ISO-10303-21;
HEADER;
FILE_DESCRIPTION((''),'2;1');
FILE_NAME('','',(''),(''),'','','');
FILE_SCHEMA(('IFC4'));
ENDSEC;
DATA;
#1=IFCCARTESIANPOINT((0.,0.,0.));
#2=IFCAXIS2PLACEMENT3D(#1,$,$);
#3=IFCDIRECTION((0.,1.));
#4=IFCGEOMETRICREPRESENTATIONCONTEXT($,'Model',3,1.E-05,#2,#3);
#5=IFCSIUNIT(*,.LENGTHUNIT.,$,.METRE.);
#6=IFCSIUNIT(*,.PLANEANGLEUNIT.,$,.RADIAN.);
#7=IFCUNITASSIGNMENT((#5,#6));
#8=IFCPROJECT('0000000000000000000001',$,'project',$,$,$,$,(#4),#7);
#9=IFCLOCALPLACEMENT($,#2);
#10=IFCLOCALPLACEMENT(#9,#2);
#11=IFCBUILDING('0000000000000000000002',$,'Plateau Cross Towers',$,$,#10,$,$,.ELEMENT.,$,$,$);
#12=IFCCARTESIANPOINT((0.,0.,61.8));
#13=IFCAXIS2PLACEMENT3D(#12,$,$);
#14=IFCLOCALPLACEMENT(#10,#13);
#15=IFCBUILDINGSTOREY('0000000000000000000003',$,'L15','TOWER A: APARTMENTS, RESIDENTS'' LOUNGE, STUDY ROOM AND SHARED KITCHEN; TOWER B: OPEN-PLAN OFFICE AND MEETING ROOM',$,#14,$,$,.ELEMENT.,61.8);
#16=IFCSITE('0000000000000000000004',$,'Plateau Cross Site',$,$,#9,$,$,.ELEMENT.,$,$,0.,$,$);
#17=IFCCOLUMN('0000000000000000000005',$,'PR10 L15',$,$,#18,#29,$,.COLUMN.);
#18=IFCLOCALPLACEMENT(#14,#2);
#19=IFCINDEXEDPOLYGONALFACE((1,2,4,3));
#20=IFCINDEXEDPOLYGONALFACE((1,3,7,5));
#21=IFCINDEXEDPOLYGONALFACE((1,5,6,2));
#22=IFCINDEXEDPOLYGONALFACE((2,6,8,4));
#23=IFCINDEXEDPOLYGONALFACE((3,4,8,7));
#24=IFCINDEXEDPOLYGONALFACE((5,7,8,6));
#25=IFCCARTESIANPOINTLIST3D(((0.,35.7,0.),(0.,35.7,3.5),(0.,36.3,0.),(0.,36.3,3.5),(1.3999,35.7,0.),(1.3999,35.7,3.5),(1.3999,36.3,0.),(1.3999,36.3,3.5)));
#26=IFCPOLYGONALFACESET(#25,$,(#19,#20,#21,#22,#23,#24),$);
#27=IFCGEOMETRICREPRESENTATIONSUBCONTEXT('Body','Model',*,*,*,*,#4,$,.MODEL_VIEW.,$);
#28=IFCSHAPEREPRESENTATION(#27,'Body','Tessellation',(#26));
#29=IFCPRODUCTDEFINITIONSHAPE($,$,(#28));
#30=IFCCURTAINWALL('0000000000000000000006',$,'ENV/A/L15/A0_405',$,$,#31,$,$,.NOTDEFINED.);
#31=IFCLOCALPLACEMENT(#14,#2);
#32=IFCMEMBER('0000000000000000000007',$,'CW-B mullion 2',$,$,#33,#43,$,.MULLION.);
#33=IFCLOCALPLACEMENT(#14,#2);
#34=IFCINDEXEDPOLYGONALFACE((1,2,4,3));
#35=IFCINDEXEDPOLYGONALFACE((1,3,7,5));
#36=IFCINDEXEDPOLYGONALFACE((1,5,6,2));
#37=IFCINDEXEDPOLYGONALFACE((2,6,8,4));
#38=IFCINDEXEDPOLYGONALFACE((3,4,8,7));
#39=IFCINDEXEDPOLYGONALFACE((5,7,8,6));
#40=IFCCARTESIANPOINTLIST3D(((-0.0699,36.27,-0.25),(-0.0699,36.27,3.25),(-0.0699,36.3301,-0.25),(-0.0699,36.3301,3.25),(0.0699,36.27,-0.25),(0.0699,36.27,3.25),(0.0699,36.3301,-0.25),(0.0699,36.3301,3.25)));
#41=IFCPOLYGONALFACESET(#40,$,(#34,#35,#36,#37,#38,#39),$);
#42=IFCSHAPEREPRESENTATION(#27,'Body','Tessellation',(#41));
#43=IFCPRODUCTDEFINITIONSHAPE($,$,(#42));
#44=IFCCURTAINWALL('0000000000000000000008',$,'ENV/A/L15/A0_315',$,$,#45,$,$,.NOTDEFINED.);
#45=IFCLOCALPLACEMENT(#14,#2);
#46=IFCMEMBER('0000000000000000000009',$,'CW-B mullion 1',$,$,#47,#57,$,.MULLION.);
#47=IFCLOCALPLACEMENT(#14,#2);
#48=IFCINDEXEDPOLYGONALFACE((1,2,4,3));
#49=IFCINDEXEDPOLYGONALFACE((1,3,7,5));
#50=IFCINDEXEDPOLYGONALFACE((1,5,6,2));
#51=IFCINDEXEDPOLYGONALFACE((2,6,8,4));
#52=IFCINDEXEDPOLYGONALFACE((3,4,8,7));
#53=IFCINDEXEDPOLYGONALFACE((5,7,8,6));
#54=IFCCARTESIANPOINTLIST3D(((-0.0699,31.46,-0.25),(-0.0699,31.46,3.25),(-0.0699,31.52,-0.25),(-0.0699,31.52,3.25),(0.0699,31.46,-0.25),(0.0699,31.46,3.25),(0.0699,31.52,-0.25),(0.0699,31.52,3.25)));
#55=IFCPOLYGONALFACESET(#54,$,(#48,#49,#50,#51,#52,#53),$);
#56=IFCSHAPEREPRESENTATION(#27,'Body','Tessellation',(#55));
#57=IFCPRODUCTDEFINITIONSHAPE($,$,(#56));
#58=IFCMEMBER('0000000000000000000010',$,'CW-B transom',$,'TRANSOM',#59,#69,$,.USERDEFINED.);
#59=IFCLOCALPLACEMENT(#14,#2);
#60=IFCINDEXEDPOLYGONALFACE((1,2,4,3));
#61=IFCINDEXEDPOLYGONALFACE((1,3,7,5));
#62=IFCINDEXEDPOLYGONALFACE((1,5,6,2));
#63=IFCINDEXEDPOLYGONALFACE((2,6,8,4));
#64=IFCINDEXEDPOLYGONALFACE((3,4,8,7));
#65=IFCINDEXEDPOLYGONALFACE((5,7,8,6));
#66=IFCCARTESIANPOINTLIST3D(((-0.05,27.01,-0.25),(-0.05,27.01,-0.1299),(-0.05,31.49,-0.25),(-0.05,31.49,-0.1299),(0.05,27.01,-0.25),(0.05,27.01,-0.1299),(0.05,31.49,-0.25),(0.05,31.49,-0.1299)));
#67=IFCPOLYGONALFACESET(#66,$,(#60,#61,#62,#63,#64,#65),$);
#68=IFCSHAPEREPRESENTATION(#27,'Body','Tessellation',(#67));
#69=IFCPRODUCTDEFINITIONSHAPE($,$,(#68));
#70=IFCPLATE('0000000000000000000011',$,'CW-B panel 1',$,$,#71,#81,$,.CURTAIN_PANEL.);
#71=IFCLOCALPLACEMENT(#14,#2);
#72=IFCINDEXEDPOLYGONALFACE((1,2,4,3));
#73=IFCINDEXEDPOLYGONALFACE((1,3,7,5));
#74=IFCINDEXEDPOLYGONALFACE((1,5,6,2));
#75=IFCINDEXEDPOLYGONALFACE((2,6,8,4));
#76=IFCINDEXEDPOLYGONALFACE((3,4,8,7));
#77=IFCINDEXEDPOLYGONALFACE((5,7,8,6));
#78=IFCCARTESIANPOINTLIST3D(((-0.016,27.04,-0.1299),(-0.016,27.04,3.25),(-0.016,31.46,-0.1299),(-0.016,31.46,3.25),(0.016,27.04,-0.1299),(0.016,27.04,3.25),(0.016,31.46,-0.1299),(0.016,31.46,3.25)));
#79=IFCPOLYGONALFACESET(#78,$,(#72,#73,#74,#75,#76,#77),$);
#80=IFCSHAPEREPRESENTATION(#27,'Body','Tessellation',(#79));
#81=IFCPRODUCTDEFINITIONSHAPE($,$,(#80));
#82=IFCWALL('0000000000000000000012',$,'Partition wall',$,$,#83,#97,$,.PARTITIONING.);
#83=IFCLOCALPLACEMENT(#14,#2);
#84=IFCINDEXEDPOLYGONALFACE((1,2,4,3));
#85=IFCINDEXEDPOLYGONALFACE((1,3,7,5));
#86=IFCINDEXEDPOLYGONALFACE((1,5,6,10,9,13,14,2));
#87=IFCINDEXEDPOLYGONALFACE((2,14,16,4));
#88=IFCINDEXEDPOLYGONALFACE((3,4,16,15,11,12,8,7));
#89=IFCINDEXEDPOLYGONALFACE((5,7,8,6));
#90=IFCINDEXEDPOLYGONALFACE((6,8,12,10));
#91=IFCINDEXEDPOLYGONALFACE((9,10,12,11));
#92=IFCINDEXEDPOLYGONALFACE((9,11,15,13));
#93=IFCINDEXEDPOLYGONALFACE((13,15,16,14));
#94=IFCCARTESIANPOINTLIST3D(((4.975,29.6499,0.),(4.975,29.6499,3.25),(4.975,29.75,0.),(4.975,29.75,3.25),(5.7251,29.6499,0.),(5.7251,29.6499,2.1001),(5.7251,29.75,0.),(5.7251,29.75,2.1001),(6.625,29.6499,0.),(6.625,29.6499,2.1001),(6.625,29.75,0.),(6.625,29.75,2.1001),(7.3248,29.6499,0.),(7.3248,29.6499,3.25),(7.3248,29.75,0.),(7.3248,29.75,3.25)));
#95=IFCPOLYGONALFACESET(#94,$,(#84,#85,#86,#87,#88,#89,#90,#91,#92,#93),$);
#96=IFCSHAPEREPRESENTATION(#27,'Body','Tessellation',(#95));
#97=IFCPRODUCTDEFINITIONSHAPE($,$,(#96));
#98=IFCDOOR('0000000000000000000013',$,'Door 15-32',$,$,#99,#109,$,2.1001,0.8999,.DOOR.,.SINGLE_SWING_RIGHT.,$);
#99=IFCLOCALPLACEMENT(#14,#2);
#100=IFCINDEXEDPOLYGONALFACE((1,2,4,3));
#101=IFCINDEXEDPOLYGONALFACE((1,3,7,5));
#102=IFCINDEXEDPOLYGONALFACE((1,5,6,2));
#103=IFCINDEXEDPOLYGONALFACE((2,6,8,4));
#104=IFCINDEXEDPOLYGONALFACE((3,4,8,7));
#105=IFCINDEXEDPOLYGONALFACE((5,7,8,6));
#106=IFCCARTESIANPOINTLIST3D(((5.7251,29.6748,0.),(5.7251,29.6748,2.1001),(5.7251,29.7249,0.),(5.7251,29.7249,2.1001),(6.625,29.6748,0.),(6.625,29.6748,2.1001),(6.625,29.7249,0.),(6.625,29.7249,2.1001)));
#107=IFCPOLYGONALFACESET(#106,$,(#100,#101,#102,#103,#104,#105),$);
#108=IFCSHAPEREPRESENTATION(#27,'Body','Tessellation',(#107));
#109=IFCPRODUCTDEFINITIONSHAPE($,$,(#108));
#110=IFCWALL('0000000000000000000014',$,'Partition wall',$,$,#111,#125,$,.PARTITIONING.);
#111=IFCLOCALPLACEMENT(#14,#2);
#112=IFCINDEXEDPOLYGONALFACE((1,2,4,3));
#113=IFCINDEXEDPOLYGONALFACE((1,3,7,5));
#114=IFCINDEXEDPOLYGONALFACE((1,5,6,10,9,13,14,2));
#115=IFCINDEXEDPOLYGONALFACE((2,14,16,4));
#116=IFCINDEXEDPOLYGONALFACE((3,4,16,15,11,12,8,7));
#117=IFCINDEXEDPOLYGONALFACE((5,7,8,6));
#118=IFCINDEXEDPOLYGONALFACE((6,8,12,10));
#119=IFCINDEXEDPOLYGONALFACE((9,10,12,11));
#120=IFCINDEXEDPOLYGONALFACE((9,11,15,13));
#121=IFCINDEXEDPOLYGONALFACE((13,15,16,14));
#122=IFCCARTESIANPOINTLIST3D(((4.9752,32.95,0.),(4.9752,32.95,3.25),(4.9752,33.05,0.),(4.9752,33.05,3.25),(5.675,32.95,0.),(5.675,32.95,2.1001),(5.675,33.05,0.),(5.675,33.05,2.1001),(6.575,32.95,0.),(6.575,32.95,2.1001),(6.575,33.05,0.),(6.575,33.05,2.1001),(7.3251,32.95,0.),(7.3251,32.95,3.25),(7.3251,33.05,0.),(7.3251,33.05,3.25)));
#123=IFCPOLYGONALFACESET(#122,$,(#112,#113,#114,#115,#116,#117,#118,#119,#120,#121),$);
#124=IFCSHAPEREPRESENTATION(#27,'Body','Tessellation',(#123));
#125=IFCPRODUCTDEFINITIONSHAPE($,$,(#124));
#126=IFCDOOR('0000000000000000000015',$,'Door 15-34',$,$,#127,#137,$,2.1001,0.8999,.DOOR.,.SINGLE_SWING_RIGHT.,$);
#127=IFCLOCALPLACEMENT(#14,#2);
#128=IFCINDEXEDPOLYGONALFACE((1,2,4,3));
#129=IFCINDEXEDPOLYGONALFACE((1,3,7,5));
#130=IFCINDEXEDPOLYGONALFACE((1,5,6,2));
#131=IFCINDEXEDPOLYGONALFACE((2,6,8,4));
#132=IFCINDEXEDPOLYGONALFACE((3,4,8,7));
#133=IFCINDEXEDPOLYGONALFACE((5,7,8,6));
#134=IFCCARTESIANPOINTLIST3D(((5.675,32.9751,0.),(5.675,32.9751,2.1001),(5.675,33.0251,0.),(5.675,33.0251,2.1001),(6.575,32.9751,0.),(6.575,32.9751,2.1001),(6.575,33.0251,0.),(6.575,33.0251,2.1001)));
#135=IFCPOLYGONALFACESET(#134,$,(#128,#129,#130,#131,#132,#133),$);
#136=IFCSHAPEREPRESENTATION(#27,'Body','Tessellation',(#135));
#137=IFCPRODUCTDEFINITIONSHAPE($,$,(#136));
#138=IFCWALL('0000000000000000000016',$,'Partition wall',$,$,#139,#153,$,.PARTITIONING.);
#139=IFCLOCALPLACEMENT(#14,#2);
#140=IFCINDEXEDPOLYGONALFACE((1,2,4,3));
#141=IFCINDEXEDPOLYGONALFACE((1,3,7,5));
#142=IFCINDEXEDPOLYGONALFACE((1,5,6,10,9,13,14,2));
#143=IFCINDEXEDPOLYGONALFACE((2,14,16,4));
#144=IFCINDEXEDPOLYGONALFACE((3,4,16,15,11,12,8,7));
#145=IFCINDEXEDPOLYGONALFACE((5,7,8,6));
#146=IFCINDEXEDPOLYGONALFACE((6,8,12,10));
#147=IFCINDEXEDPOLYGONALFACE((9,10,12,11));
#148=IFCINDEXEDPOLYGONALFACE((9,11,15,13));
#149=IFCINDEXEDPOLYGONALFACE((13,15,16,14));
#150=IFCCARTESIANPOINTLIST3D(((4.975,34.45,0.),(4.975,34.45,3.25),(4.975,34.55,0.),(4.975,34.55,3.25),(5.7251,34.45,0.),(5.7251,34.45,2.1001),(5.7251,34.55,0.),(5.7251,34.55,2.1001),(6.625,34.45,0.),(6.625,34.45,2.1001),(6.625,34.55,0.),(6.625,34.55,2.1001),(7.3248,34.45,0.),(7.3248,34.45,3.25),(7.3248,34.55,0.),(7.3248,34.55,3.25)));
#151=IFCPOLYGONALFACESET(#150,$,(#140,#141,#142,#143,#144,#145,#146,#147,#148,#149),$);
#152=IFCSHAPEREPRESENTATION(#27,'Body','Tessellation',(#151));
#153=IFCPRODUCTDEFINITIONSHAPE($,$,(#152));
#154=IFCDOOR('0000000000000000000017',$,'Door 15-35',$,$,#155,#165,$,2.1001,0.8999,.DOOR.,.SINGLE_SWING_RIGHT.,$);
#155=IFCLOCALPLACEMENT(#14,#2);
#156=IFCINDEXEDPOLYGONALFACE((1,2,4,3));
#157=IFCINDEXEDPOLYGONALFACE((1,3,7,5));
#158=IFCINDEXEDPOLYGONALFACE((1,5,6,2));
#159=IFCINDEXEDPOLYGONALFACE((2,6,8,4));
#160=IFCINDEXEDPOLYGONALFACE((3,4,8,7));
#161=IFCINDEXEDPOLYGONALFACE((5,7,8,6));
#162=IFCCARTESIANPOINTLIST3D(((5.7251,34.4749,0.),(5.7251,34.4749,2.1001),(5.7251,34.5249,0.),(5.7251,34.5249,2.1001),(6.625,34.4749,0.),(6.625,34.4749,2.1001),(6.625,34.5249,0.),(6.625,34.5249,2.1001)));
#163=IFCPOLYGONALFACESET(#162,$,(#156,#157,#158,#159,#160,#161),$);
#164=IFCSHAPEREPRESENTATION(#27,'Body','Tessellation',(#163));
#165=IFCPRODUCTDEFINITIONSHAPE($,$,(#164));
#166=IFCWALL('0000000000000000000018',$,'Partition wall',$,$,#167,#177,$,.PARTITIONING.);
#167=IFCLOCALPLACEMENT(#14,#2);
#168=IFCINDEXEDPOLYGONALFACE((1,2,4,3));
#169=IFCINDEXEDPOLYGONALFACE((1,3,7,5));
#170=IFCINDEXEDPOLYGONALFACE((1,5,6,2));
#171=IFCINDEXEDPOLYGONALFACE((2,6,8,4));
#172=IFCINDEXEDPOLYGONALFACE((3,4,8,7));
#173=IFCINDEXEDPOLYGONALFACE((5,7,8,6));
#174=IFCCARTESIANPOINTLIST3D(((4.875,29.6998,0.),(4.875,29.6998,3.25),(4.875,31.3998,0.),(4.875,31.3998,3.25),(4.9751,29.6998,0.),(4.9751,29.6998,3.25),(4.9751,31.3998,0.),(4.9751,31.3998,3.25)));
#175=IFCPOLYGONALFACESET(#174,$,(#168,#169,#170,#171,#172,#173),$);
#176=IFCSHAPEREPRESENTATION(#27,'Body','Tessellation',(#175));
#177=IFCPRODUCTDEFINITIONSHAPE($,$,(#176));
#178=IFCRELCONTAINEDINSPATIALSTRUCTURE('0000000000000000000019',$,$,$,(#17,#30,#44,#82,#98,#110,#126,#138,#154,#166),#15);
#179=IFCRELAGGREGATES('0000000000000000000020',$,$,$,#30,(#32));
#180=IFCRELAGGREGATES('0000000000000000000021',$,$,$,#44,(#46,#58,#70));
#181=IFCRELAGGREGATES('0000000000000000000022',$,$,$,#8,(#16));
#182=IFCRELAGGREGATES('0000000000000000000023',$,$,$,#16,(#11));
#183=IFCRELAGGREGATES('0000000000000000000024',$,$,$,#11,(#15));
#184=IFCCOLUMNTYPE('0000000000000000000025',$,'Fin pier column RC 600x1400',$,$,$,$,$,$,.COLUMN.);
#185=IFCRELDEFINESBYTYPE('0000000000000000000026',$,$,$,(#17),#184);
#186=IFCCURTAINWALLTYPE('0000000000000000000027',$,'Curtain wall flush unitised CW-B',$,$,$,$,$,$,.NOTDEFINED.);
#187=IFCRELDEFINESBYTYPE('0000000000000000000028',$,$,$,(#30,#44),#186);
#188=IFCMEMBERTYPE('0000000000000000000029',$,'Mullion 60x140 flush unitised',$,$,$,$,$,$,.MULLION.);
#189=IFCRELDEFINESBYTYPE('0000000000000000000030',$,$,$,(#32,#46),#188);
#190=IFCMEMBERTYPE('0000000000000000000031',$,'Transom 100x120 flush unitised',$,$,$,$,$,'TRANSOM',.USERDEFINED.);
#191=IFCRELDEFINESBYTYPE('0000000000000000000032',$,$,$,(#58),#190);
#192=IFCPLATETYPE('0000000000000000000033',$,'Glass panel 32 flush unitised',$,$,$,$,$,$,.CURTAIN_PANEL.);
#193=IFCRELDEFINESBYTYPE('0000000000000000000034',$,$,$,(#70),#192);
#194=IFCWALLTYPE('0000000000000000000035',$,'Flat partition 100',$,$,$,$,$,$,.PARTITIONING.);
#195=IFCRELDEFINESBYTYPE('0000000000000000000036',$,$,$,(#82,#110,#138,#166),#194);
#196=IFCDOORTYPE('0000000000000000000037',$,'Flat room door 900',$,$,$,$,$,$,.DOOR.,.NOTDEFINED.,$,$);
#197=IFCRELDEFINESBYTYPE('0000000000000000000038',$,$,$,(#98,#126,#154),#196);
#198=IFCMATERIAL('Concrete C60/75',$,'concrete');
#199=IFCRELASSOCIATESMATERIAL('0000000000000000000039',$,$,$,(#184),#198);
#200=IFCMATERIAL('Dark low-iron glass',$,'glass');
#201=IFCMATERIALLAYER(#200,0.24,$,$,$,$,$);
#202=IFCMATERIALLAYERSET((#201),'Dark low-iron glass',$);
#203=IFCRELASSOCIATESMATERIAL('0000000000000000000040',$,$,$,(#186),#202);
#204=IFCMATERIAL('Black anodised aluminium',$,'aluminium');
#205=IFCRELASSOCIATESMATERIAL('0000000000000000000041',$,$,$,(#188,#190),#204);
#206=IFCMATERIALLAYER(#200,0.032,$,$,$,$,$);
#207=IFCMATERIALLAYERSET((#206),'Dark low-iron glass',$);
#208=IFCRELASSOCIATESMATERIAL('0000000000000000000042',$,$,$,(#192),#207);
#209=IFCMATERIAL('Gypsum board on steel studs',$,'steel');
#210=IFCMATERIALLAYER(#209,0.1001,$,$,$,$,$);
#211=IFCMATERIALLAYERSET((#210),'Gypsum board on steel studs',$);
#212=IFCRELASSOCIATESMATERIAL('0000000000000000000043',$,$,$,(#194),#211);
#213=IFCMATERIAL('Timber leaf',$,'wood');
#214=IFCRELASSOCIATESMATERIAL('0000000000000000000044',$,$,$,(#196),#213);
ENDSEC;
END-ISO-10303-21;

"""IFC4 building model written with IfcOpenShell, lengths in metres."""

from ifc_helpers import new_model, si_unit, direction, frame, frame_2d, origin, origin_2d, place, context, subcontext, project, spatial, rectangle, extrude, material, layer, layer_set, material_profile, profile_set, type_object, element, fill, aggregate, save


model = new_model("IFC4")

# Units and contexts
model_context = context("Model", 3, precision=1e-05, world=origin(), true_north=direction((0.0, 1.0)))
body_context = subcontext(model_context, "Body", "Model", "MODEL_VIEW")
ifc_project = project(units=[si_unit("LENGTHUNIT", "METRE"), si_unit("PLANEANGLEUNIT", "RADIAN")], contexts=[model_context])

# Site, building, storey
site_placement = place(None, origin())
site = spatial("IfcSite", under=ifc_project, at=site_placement, Name="Plateau Cross Site", CompositionType="ELEMENT", RefElevation=0.0)
building_placement = place(site_placement, origin())
building = spatial("IfcBuilding", under=site, at=building_placement, Name="Plateau Cross Towers", CompositionType="ELEMENT")
storey_placement = place(building_placement, frame((0.0, 0.0, 61.8)))
storey = spatial("IfcBuildingStorey", under=building, at=storey_placement, Name="L15", Description="TOWER A: APARTMENTS, RESIDENTS' LOUNGE, STUDY ROOM AND SHARED KITCHEN; TOWER B: OPEN-PLAN OFFICE AND MEETING ROOM", CompositionType="ELEMENT", Elevation=61.8)

# Column
ifc_material_1 = material(Name="Concrete C60/75", Category="concrete")
ifc_material_profile_1 = material_profile(ifc_material_1, rectangle(XDim=0.6001, YDim=1.3999, at=origin_2d()), Name="RC 600x1400")
ifc_profile_set_1 = profile_set([ifc_material_profile_1], Name="Concrete C60/75")
column_type = type_object("IfcColumnType", Name="Fin pier column RC 600x1400", PredefinedType="COLUMN", material=ifc_profile_set_1)
column_placement = place(storey_placement, frame((0.7, 36.0, 0.0), z_axis=(0.0, 0.0, 1.0), x_axis=(0.0, 1.0, 0.0)))
element("IfcColumn", 1, at=column_placement, inside=storey, type_object=column_type, Name="PR10 L15", PredefinedType="COLUMN", context=body_context, shape_type="SweptSolid", body=[
    extrude(rectangle(XDim=0.6001, YDim=1.3999, at=origin_2d()), origin(), (0.0, 0.0, 1.0), 3.5),
])

# Curtain wall, member
ifc_material_2 = material(Name="Dark low-iron glass", Category="glass")
ifc_layer_1 = layer(ifc_material_2, 0.24)
ifc_layer_set_1 = layer_set([ifc_layer_1], Name="Dark low-iron glass")
curtain_wall_type = type_object("IfcCurtainWallType", Name="Curtain wall flush unitised CW-B", PredefinedType="NOTDEFINED", material=ifc_layer_set_1)
curtain_wall_1_placement = place(storey_placement, origin())
curtain_wall_1 = element("IfcCurtainWall", 2, at=curtain_wall_1_placement, inside=storey, type_object=curtain_wall_type, Name="ENV/A/L15/A0_405", PredefinedType="NOTDEFINED")
ifc_material_3 = material(Name="Black anodised aluminium", Category="aluminium")
ifc_material_profile_2 = material_profile(ifc_material_3, rectangle(XDim=0.0601, YDim=0.1399, at=origin_2d()), Name="MULLION 60x140")
ifc_profile_set_2 = profile_set([ifc_material_profile_2], Name="Black anodised aluminium")
member_type_1 = type_object("IfcMemberType", Name="Mullion 60x140 flush unitised", PredefinedType="MULLION", material=ifc_profile_set_2)
member_1_placement = place(storey_placement, frame((0.0, 36.3, -0.25), z_axis=(0.0, 0.0, 1.0), x_axis=(0.0, -1.0, 0.0)))
member_1 = element("IfcMember", 3, at=member_1_placement, type_object=member_type_1, Name="CW-B mullion 2", PredefinedType="MULLION", context=body_context, shape_type="SweptSolid", body=[
    extrude(rectangle(XDim=0.0601, YDim=0.1399, at=origin_2d()), origin(), (0.0, 0.0, 1.0), 3.5),
])
aggregate(curtain_wall_1, [member_1])

# Curtain wall, members, plate
curtain_wall_2_placement = place(storey_placement, origin())
curtain_wall_2 = element("IfcCurtainWall", 4, at=curtain_wall_2_placement, inside=storey, type_object=curtain_wall_type, Name="ENV/A/L15/A0_315", PredefinedType="NOTDEFINED")
member_2_placement = place(storey_placement, frame((0.0, 31.49, -0.25), z_axis=(0.0, 0.0, 1.0), x_axis=(0.0, -1.0, 0.0)))
member_2 = element("IfcMember", 5, at=member_2_placement, type_object=member_type_1, Name="CW-B mullion 1", PredefinedType="MULLION", context=body_context, shape_type="SweptSolid", body=[
    extrude(rectangle(XDim=0.0601, YDim=0.1399, at=origin_2d()), origin(), (0.0, 0.0, 1.0), 3.5),
])
ifc_material_profile_3 = material_profile(ifc_material_3, rectangle(XDim=0.1001, YDim=0.1201, at=origin_2d()), Name="TRANSOM 100x120")
ifc_profile_set_3 = profile_set([ifc_material_profile_3], Name="Black anodised aluminium")
member_type_2 = type_object("IfcMemberType", Name="Transom 100x120 flush unitised", ElementType="TRANSOM", PredefinedType="USERDEFINED", material=ifc_profile_set_3)
member_3_placement = place(storey_placement, frame((0.0, 31.49, -0.1899), z_axis=(0.0, -1.0, 0.0), x_axis=(1.0, 0.0, 0.0)))
member_3 = element("IfcMember", 6, at=member_3_placement, type_object=member_type_2, Name="CW-B transom", ObjectType="TRANSOM", PredefinedType="USERDEFINED", context=body_context, shape_type="SweptSolid", body=[
    extrude(rectangle(XDim=0.1001, YDim=0.1201, at=origin_2d()), origin(), (0.0, 0.0, 1.0), 4.48),
])
ifc_layer_2 = layer(ifc_material_2, 0.032)
ifc_layer_set_2 = layer_set([ifc_layer_2], Name="Dark low-iron glass")
plate_type = type_object("IfcPlateType", Name="Glass panel 32 flush unitised", PredefinedType="CURTAIN_PANEL", material=ifc_layer_set_2)
plate_placement = place(storey_placement, frame((0.0, 29.25, -0.1299), z_axis=(0.0, 0.0, 1.0), x_axis=(0.0, -1.0, 0.0)))
plate = element("IfcPlate", 7, at=plate_placement, type_object=plate_type, Name="CW-B panel 1", PredefinedType="CURTAIN_PANEL", context=body_context, shape_type="SweptSolid", body=[
    extrude(rectangle(XDim=4.4199, YDim=0.032, at=origin_2d()), origin(), (0.0, 0.0, 1.0), 3.3799),
])
aggregate(curtain_wall_2, [member_2, member_3, plate])

# Walls, openings, doors
ifc_material_4 = material(Name="Gypsum board on steel studs", Category="steel")
ifc_layer_3 = layer(ifc_material_4, 0.1001)
ifc_layer_set_3 = layer_set([ifc_layer_3], Name="Gypsum board on steel studs")
wall_type_1 = type_object("IfcWallType", Name="Flat partition 100", PredefinedType="PARTITIONING", material=ifc_layer_set_3)
wall_1_placement = place(storey_placement, frame((4.9751, 29.7, 0.0), z_axis=(0.0, 0.0, 1.0), x_axis=(1.0, 0.0, 0.0)))
wall_1 = element("IfcWall", 8, at=wall_1_placement, inside=storey, type_object=wall_type_1, Name="Partition wall", PredefinedType="PARTITIONING", context=body_context, shape_type="SweptSolid", body=[
    extrude(rectangle(XDim=2.3499, YDim=0.1001, at=frame_2d((1.1748, 0.0))), origin(), (0.0, 0.0, 1.0), 3.25),
])
opening_1_placement = place(wall_1_placement, frame((0.75, 0.0, 0.0)))
opening_1 = element("IfcOpeningElement", 9, at=opening_1_placement, cuts=wall_1, PredefinedType="OPENING", context=body_context, shape_type="SweptSolid", body=[
    extrude(rectangle(XDim=0.8999, YDim=2.1001, at=frame_2d((0.45, 1.05))), frame((0.0, 0.0601, 0.0), z_axis=(0.0, -1.0, 0.0), x_axis=(1.0, 0.0, 0.0)), (0.0, 0.0, 1.0), 0.1201),
])
ifc_material_5 = material(Name="Timber leaf", Category="wood")
door_type_1 = type_object("IfcDoorType", Name="Flat room door 900", OperationType="NOTDEFINED", PredefinedType="DOOR", material=ifc_material_5)
door_1_placement = place(opening_1_placement, origin())
door_1 = element("IfcDoor", 10, at=door_1_placement, inside=storey, type_object=door_type_1, Name="Door 15-32", OperationType="SINGLE_SWING_RIGHT", OverallHeight=2.1001, OverallWidth=0.8999, PredefinedType="DOOR", context=body_context, shape_type="SweptSolid", body=[
    extrude(rectangle(XDim=0.8999, YDim=2.1001, at=frame_2d((0.45, 1.05))), frame((0.0, 0.0249, 0.0), z_axis=(0.0, -1.0, 0.0), x_axis=(1.0, 0.0, 0.0)), (0.0, 0.0, 1.0), 0.05),
])
fill(opening_1, door_1)
wall_2_placement = place(storey_placement, frame((7.325, 33.0, 0.0), z_axis=(0.0, 0.0, 1.0), x_axis=(-1.0, 0.0, 0.0)))
wall_2 = element("IfcWall", 11, at=wall_2_placement, inside=storey, type_object=wall_type_1, Name="Partition wall", PredefinedType="PARTITIONING", context=body_context, shape_type="SweptSolid", body=[
    extrude(rectangle(XDim=2.3499, YDim=0.1001, at=frame_2d((1.1748, 0.0))), origin(), (0.0, 0.0, 1.0), 3.25),
])
opening_2_placement = place(wall_2_placement, frame((0.75, 0.0, 0.0)))
opening_2 = element("IfcOpeningElement", 12, at=opening_2_placement, cuts=wall_2, PredefinedType="OPENING", context=body_context, shape_type="SweptSolid", body=[
    extrude(rectangle(XDim=0.8999, YDim=2.1001, at=frame_2d((0.45, 1.05))), frame((0.0, 0.0601, 0.0), z_axis=(0.0, -1.0, 0.0), x_axis=(1.0, 0.0, 0.0)), (0.0, 0.0, 1.0), 0.1201),
])
door_2_placement = place(opening_2_placement, origin())
door_2 = element("IfcDoor", 13, at=door_2_placement, inside=storey, type_object=door_type_1, Name="Door 15-34", OperationType="SINGLE_SWING_RIGHT", OverallHeight=2.1001, OverallWidth=0.8999, PredefinedType="DOOR", context=body_context, shape_type="SweptSolid", body=[
    extrude(rectangle(XDim=0.8999, YDim=2.1001, at=frame_2d((0.45, 1.05))), frame((0.0, 0.0249, 0.0), z_axis=(0.0, -1.0, 0.0), x_axis=(1.0, 0.0, 0.0)), (0.0, 0.0, 1.0), 0.05),
])
fill(opening_2, door_2)
wall_3_placement = place(storey_placement, frame((4.9751, 34.5, 0.0), z_axis=(0.0, 0.0, 1.0), x_axis=(1.0, 0.0, 0.0)))
wall_3 = element("IfcWall", 14, at=wall_3_placement, inside=storey, type_object=wall_type_1, Name="Partition wall", PredefinedType="PARTITIONING", context=body_context, shape_type="SweptSolid", body=[
    extrude(rectangle(XDim=2.3499, YDim=0.1001, at=frame_2d((1.1748, 0.0))), origin(), (0.0, 0.0, 1.0), 3.25),
])
opening_3_placement = place(wall_3_placement, frame((0.75, 0.0, 0.0)))
opening_3 = element("IfcOpeningElement", 15, at=opening_3_placement, cuts=wall_3, PredefinedType="OPENING", context=body_context, shape_type="SweptSolid", body=[
    extrude(rectangle(XDim=0.8999, YDim=2.1001, at=frame_2d((0.45, 1.05))), frame((0.0, 0.0601, 0.0), z_axis=(0.0, -1.0, 0.0), x_axis=(1.0, 0.0, 0.0)), (0.0, 0.0, 1.0), 0.1201),
])
door_3_placement = place(opening_3_placement, origin())
door_3 = element("IfcDoor", 16, at=door_3_placement, inside=storey, type_object=door_type_1, Name="Door 15-35", OperationType="SINGLE_SWING_RIGHT", OverallHeight=2.1001, OverallWidth=0.8999, PredefinedType="DOOR", context=body_context, shape_type="SweptSolid", body=[
    extrude(rectangle(XDim=0.8999, YDim=2.1001, at=frame_2d((0.45, 1.05))), frame((0.0, 0.0249, 0.0), z_axis=(0.0, -1.0, 0.0), x_axis=(1.0, 0.0, 0.0)), (0.0, 0.0, 1.0), 0.05),
])
fill(opening_3, door_3)

# Wall
wall_4_placement = place(storey_placement, frame((4.925, 31.3999, 0.0), z_axis=(0.0, 0.0, 1.0), x_axis=(0.0, -1.0, 0.0)))
element("IfcWall", 17, at=wall_4_placement, inside=storey, type_object=wall_type_1, Name="Partition wall", PredefinedType="PARTITIONING", context=body_context, shape_type="SweptSolid", body=[
    extrude(rectangle(XDim=1.7, YDim=0.1001, at=frame_2d((0.8501, 0.0))), origin(), (0.0, 0.0, 1.0), 3.25),
])

save(model, "model.ifc")
